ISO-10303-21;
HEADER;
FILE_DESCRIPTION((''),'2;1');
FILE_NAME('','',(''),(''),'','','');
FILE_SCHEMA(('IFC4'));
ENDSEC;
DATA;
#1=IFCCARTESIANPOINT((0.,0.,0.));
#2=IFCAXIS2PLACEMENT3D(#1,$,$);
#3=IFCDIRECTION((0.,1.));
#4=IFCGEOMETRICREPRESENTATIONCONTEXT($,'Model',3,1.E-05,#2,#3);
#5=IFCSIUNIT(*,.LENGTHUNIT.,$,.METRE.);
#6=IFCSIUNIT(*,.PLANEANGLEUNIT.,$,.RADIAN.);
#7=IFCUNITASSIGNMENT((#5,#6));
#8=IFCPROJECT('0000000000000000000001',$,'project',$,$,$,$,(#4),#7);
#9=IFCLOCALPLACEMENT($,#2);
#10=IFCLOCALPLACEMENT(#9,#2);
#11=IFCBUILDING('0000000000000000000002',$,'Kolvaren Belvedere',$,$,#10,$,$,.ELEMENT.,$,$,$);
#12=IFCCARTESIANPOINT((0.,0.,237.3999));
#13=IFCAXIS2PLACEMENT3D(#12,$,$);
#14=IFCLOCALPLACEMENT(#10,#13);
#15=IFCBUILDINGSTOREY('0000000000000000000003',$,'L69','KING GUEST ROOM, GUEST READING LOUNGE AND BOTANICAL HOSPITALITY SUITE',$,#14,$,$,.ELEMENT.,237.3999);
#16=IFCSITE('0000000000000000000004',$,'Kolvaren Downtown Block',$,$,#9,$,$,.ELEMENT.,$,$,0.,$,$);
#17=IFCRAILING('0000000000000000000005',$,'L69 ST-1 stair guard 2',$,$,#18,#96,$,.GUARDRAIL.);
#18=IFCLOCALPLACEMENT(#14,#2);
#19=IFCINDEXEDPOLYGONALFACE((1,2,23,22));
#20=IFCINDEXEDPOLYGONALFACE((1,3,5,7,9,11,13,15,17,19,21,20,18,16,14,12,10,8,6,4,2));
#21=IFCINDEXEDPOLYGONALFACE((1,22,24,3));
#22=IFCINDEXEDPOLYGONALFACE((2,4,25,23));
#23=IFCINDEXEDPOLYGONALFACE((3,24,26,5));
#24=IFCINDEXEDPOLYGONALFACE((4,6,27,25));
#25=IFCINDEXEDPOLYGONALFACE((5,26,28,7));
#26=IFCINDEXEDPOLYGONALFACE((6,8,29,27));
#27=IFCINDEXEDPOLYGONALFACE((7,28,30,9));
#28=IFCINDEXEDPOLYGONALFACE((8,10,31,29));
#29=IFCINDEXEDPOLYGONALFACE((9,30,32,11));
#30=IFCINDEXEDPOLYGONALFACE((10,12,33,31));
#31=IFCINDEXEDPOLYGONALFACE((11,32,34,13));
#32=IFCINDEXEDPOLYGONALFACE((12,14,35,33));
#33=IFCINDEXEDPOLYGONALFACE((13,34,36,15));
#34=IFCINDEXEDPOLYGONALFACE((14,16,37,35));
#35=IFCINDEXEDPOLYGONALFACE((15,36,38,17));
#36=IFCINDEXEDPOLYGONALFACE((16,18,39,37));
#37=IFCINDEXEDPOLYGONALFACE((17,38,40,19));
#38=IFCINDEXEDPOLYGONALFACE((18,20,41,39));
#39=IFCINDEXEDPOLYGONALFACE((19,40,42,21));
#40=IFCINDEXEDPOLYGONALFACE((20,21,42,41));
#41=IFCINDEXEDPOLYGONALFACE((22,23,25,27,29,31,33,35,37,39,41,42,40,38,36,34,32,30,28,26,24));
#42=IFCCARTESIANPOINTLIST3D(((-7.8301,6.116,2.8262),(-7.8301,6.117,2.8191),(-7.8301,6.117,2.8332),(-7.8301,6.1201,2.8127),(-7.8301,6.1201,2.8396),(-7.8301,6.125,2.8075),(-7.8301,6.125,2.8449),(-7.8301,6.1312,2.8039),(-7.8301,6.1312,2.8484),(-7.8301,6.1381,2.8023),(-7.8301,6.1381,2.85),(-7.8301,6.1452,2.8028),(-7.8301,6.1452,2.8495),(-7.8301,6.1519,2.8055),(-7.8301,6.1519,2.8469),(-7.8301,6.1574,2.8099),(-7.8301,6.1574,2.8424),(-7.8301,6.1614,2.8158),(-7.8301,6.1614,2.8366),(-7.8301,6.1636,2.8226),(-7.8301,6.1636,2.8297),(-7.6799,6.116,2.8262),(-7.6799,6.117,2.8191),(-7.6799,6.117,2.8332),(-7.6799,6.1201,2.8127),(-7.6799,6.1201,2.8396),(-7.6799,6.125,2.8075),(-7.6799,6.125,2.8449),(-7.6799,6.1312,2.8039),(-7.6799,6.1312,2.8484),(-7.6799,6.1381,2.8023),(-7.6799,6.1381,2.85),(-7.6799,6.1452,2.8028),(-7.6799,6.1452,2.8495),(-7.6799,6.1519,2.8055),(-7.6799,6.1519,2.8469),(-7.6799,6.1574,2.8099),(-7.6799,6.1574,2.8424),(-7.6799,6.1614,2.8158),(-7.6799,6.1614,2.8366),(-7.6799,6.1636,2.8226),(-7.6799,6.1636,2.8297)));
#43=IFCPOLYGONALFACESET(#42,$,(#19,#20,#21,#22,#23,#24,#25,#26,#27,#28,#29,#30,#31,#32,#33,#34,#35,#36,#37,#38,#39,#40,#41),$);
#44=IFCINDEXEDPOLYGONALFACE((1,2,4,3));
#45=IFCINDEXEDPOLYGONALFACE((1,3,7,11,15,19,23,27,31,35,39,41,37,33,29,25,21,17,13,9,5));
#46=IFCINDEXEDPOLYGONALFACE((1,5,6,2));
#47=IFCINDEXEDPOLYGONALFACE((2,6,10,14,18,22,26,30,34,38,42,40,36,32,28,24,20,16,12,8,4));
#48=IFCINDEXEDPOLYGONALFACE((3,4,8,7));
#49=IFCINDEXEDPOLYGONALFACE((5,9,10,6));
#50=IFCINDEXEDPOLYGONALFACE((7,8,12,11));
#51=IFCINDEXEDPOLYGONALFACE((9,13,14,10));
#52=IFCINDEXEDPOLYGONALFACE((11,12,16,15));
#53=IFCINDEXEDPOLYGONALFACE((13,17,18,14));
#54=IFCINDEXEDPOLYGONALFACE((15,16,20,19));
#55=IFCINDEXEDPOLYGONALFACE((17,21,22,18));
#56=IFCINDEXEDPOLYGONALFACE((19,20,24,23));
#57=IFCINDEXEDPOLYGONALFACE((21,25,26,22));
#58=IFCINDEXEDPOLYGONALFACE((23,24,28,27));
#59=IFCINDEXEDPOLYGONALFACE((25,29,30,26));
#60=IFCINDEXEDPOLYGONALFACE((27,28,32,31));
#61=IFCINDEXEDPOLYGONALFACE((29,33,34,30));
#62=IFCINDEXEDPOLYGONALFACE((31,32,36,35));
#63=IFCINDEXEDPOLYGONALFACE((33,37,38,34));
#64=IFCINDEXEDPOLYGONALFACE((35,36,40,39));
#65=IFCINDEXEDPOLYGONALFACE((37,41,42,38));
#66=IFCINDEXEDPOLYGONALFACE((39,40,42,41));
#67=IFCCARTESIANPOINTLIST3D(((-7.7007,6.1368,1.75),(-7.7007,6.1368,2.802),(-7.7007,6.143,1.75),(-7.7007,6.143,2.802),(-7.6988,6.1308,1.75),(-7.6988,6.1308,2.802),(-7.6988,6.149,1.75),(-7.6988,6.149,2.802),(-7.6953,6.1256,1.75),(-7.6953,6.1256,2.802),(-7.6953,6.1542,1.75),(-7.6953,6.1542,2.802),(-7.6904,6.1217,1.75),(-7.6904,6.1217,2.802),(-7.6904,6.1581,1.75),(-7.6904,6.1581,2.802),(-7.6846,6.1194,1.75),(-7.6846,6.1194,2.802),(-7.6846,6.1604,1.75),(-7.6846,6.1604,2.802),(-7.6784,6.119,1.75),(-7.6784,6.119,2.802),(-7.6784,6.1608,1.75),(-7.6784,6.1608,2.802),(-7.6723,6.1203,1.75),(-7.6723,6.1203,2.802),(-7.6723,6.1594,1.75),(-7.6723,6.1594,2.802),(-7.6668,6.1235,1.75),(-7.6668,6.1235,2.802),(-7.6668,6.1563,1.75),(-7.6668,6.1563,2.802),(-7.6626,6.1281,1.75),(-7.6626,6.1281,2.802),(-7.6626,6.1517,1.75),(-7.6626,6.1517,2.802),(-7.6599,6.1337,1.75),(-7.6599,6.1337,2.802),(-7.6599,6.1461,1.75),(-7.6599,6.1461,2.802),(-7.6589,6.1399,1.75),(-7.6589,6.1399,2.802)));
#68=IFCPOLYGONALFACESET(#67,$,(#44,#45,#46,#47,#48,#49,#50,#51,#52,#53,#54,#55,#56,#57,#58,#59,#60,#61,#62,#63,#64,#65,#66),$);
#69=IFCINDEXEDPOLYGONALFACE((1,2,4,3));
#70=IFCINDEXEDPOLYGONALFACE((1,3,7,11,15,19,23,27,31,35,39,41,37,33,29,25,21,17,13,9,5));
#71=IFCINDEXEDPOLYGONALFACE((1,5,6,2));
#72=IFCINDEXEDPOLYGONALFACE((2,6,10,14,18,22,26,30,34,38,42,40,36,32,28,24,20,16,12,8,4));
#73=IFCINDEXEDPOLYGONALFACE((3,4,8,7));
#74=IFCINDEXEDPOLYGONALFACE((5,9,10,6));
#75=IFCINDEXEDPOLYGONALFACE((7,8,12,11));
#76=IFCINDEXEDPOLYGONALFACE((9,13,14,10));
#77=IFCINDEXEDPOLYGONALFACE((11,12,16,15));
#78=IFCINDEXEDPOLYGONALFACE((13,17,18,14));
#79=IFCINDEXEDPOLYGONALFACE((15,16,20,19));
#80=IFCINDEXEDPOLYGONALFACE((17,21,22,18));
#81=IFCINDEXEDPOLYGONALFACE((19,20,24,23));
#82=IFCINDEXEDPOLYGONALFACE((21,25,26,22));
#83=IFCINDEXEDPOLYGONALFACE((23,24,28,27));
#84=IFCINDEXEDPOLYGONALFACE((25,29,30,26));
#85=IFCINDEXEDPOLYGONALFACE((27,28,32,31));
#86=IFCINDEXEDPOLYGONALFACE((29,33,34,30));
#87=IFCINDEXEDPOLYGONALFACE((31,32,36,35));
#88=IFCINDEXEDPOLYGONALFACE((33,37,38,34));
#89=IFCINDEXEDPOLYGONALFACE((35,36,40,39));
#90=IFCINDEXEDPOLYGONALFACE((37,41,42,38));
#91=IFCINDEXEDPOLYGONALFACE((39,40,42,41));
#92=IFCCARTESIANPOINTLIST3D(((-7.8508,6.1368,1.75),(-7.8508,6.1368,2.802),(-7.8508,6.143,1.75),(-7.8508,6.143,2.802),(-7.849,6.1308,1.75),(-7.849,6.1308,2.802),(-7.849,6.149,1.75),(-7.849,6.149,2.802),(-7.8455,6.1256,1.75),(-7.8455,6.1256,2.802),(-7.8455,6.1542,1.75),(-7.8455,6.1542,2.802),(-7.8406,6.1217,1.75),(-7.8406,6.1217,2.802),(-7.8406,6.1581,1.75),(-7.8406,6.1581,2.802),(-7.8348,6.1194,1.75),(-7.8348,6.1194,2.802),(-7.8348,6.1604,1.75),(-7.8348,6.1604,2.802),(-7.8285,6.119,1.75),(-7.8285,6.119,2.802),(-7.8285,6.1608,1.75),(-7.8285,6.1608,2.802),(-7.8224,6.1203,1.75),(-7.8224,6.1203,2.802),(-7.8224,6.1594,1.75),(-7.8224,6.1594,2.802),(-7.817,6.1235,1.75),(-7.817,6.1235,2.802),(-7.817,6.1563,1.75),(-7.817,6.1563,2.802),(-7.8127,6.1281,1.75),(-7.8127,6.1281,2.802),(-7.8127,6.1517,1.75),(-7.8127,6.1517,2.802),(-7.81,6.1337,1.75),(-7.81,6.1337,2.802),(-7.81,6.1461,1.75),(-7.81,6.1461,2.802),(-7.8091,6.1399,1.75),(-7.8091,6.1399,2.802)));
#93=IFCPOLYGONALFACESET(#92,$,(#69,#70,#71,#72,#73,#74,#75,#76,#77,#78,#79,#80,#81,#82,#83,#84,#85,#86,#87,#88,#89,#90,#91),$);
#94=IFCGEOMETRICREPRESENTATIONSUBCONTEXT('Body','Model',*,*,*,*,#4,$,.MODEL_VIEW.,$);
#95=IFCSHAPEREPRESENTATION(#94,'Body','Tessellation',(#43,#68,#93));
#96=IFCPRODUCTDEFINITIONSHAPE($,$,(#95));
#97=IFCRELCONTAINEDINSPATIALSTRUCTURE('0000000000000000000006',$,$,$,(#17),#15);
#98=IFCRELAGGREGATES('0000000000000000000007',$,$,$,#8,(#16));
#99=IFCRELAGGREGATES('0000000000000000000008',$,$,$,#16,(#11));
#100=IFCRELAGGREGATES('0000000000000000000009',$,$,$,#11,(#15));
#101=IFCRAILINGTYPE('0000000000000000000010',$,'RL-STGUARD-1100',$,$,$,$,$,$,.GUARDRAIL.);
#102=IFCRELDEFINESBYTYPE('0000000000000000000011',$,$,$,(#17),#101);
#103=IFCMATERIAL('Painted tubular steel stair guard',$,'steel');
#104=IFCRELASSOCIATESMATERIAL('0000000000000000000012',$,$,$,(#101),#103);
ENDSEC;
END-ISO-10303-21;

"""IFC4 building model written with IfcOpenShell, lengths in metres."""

from ifc_helpers import new_model, si_unit, direction, frame, origin, origin_2d, place, context, subcontext, project, spatial, circle, extrude, material, type_object, element, save


model = new_model("IFC4")

# Units and contexts
model_context = context("Model", 3, precision=1e-05, world=origin(), true_north=direction((0.0, 1.0)))
body_context = subcontext(model_context, "Body", "Model", "MODEL_VIEW")
ifc_project = project(units=[si_unit("LENGTHUNIT", "METRE"), si_unit("PLANEANGLEUNIT", "RADIAN")], contexts=[model_context])

# Site, building, storey
site_placement = place(None, origin())
site = spatial("IfcSite", under=ifc_project, at=site_placement, Name="Kolvaren Downtown Block", CompositionType="ELEMENT", RefElevation=0.0)
building_placement = place(site_placement, origin())
building = spatial("IfcBuilding", under=site, at=building_placement, Name="Kolvaren Belvedere", CompositionType="ELEMENT")
storey_placement = place(building_placement, frame((0.0, 0.0, 237.3999)))
storey = spatial("IfcBuildingStorey", under=building, at=storey_placement, Name="L69", Description="KING GUEST ROOM, GUEST READING LOUNGE AND BOTANICAL HOSPITALITY SUITE", CompositionType="ELEMENT", Elevation=237.3999)

# Railing
ifc_material_1 = material(Name="Painted tubular steel stair guard", Category="steel")
railing_type_1 = type_object("IfcRailingType", Name="RL-STGUARD-1100", PredefinedType="GUARDRAIL", material=ifc_material_1)
railing_1_placement = place(storey_placement, frame((-7.6799, 6.1399, 1.75)))
element("IfcRailing", 1, at=railing_1_placement, inside=storey, type_object=railing_type_1, Name="L69 ST-1 stair guard 2", PredefinedType="GUARDRAIL", context=body_context, shape_type="SweptSolid", body=[
    extrude(circle(Radius=0.0239, at=origin_2d()), frame((0.0, 0.0, 1.0762), z_axis=(-1.0, 0.0, 0.0), x_axis=(0.0, -1.0, 0.0)), (0.0, 0.0, 1.0), 0.1501),
    extrude(circle(Radius=0.021, at=origin_2d()), origin(), (0.0, 0.0, 1.0), 1.052),
    extrude(circle(Radius=0.021, at=origin_2d()), frame((-0.1501, 0.0, 0.0)), (0.0, 0.0, 1.0), 1.052),
])

save(model, "model.ifc")
